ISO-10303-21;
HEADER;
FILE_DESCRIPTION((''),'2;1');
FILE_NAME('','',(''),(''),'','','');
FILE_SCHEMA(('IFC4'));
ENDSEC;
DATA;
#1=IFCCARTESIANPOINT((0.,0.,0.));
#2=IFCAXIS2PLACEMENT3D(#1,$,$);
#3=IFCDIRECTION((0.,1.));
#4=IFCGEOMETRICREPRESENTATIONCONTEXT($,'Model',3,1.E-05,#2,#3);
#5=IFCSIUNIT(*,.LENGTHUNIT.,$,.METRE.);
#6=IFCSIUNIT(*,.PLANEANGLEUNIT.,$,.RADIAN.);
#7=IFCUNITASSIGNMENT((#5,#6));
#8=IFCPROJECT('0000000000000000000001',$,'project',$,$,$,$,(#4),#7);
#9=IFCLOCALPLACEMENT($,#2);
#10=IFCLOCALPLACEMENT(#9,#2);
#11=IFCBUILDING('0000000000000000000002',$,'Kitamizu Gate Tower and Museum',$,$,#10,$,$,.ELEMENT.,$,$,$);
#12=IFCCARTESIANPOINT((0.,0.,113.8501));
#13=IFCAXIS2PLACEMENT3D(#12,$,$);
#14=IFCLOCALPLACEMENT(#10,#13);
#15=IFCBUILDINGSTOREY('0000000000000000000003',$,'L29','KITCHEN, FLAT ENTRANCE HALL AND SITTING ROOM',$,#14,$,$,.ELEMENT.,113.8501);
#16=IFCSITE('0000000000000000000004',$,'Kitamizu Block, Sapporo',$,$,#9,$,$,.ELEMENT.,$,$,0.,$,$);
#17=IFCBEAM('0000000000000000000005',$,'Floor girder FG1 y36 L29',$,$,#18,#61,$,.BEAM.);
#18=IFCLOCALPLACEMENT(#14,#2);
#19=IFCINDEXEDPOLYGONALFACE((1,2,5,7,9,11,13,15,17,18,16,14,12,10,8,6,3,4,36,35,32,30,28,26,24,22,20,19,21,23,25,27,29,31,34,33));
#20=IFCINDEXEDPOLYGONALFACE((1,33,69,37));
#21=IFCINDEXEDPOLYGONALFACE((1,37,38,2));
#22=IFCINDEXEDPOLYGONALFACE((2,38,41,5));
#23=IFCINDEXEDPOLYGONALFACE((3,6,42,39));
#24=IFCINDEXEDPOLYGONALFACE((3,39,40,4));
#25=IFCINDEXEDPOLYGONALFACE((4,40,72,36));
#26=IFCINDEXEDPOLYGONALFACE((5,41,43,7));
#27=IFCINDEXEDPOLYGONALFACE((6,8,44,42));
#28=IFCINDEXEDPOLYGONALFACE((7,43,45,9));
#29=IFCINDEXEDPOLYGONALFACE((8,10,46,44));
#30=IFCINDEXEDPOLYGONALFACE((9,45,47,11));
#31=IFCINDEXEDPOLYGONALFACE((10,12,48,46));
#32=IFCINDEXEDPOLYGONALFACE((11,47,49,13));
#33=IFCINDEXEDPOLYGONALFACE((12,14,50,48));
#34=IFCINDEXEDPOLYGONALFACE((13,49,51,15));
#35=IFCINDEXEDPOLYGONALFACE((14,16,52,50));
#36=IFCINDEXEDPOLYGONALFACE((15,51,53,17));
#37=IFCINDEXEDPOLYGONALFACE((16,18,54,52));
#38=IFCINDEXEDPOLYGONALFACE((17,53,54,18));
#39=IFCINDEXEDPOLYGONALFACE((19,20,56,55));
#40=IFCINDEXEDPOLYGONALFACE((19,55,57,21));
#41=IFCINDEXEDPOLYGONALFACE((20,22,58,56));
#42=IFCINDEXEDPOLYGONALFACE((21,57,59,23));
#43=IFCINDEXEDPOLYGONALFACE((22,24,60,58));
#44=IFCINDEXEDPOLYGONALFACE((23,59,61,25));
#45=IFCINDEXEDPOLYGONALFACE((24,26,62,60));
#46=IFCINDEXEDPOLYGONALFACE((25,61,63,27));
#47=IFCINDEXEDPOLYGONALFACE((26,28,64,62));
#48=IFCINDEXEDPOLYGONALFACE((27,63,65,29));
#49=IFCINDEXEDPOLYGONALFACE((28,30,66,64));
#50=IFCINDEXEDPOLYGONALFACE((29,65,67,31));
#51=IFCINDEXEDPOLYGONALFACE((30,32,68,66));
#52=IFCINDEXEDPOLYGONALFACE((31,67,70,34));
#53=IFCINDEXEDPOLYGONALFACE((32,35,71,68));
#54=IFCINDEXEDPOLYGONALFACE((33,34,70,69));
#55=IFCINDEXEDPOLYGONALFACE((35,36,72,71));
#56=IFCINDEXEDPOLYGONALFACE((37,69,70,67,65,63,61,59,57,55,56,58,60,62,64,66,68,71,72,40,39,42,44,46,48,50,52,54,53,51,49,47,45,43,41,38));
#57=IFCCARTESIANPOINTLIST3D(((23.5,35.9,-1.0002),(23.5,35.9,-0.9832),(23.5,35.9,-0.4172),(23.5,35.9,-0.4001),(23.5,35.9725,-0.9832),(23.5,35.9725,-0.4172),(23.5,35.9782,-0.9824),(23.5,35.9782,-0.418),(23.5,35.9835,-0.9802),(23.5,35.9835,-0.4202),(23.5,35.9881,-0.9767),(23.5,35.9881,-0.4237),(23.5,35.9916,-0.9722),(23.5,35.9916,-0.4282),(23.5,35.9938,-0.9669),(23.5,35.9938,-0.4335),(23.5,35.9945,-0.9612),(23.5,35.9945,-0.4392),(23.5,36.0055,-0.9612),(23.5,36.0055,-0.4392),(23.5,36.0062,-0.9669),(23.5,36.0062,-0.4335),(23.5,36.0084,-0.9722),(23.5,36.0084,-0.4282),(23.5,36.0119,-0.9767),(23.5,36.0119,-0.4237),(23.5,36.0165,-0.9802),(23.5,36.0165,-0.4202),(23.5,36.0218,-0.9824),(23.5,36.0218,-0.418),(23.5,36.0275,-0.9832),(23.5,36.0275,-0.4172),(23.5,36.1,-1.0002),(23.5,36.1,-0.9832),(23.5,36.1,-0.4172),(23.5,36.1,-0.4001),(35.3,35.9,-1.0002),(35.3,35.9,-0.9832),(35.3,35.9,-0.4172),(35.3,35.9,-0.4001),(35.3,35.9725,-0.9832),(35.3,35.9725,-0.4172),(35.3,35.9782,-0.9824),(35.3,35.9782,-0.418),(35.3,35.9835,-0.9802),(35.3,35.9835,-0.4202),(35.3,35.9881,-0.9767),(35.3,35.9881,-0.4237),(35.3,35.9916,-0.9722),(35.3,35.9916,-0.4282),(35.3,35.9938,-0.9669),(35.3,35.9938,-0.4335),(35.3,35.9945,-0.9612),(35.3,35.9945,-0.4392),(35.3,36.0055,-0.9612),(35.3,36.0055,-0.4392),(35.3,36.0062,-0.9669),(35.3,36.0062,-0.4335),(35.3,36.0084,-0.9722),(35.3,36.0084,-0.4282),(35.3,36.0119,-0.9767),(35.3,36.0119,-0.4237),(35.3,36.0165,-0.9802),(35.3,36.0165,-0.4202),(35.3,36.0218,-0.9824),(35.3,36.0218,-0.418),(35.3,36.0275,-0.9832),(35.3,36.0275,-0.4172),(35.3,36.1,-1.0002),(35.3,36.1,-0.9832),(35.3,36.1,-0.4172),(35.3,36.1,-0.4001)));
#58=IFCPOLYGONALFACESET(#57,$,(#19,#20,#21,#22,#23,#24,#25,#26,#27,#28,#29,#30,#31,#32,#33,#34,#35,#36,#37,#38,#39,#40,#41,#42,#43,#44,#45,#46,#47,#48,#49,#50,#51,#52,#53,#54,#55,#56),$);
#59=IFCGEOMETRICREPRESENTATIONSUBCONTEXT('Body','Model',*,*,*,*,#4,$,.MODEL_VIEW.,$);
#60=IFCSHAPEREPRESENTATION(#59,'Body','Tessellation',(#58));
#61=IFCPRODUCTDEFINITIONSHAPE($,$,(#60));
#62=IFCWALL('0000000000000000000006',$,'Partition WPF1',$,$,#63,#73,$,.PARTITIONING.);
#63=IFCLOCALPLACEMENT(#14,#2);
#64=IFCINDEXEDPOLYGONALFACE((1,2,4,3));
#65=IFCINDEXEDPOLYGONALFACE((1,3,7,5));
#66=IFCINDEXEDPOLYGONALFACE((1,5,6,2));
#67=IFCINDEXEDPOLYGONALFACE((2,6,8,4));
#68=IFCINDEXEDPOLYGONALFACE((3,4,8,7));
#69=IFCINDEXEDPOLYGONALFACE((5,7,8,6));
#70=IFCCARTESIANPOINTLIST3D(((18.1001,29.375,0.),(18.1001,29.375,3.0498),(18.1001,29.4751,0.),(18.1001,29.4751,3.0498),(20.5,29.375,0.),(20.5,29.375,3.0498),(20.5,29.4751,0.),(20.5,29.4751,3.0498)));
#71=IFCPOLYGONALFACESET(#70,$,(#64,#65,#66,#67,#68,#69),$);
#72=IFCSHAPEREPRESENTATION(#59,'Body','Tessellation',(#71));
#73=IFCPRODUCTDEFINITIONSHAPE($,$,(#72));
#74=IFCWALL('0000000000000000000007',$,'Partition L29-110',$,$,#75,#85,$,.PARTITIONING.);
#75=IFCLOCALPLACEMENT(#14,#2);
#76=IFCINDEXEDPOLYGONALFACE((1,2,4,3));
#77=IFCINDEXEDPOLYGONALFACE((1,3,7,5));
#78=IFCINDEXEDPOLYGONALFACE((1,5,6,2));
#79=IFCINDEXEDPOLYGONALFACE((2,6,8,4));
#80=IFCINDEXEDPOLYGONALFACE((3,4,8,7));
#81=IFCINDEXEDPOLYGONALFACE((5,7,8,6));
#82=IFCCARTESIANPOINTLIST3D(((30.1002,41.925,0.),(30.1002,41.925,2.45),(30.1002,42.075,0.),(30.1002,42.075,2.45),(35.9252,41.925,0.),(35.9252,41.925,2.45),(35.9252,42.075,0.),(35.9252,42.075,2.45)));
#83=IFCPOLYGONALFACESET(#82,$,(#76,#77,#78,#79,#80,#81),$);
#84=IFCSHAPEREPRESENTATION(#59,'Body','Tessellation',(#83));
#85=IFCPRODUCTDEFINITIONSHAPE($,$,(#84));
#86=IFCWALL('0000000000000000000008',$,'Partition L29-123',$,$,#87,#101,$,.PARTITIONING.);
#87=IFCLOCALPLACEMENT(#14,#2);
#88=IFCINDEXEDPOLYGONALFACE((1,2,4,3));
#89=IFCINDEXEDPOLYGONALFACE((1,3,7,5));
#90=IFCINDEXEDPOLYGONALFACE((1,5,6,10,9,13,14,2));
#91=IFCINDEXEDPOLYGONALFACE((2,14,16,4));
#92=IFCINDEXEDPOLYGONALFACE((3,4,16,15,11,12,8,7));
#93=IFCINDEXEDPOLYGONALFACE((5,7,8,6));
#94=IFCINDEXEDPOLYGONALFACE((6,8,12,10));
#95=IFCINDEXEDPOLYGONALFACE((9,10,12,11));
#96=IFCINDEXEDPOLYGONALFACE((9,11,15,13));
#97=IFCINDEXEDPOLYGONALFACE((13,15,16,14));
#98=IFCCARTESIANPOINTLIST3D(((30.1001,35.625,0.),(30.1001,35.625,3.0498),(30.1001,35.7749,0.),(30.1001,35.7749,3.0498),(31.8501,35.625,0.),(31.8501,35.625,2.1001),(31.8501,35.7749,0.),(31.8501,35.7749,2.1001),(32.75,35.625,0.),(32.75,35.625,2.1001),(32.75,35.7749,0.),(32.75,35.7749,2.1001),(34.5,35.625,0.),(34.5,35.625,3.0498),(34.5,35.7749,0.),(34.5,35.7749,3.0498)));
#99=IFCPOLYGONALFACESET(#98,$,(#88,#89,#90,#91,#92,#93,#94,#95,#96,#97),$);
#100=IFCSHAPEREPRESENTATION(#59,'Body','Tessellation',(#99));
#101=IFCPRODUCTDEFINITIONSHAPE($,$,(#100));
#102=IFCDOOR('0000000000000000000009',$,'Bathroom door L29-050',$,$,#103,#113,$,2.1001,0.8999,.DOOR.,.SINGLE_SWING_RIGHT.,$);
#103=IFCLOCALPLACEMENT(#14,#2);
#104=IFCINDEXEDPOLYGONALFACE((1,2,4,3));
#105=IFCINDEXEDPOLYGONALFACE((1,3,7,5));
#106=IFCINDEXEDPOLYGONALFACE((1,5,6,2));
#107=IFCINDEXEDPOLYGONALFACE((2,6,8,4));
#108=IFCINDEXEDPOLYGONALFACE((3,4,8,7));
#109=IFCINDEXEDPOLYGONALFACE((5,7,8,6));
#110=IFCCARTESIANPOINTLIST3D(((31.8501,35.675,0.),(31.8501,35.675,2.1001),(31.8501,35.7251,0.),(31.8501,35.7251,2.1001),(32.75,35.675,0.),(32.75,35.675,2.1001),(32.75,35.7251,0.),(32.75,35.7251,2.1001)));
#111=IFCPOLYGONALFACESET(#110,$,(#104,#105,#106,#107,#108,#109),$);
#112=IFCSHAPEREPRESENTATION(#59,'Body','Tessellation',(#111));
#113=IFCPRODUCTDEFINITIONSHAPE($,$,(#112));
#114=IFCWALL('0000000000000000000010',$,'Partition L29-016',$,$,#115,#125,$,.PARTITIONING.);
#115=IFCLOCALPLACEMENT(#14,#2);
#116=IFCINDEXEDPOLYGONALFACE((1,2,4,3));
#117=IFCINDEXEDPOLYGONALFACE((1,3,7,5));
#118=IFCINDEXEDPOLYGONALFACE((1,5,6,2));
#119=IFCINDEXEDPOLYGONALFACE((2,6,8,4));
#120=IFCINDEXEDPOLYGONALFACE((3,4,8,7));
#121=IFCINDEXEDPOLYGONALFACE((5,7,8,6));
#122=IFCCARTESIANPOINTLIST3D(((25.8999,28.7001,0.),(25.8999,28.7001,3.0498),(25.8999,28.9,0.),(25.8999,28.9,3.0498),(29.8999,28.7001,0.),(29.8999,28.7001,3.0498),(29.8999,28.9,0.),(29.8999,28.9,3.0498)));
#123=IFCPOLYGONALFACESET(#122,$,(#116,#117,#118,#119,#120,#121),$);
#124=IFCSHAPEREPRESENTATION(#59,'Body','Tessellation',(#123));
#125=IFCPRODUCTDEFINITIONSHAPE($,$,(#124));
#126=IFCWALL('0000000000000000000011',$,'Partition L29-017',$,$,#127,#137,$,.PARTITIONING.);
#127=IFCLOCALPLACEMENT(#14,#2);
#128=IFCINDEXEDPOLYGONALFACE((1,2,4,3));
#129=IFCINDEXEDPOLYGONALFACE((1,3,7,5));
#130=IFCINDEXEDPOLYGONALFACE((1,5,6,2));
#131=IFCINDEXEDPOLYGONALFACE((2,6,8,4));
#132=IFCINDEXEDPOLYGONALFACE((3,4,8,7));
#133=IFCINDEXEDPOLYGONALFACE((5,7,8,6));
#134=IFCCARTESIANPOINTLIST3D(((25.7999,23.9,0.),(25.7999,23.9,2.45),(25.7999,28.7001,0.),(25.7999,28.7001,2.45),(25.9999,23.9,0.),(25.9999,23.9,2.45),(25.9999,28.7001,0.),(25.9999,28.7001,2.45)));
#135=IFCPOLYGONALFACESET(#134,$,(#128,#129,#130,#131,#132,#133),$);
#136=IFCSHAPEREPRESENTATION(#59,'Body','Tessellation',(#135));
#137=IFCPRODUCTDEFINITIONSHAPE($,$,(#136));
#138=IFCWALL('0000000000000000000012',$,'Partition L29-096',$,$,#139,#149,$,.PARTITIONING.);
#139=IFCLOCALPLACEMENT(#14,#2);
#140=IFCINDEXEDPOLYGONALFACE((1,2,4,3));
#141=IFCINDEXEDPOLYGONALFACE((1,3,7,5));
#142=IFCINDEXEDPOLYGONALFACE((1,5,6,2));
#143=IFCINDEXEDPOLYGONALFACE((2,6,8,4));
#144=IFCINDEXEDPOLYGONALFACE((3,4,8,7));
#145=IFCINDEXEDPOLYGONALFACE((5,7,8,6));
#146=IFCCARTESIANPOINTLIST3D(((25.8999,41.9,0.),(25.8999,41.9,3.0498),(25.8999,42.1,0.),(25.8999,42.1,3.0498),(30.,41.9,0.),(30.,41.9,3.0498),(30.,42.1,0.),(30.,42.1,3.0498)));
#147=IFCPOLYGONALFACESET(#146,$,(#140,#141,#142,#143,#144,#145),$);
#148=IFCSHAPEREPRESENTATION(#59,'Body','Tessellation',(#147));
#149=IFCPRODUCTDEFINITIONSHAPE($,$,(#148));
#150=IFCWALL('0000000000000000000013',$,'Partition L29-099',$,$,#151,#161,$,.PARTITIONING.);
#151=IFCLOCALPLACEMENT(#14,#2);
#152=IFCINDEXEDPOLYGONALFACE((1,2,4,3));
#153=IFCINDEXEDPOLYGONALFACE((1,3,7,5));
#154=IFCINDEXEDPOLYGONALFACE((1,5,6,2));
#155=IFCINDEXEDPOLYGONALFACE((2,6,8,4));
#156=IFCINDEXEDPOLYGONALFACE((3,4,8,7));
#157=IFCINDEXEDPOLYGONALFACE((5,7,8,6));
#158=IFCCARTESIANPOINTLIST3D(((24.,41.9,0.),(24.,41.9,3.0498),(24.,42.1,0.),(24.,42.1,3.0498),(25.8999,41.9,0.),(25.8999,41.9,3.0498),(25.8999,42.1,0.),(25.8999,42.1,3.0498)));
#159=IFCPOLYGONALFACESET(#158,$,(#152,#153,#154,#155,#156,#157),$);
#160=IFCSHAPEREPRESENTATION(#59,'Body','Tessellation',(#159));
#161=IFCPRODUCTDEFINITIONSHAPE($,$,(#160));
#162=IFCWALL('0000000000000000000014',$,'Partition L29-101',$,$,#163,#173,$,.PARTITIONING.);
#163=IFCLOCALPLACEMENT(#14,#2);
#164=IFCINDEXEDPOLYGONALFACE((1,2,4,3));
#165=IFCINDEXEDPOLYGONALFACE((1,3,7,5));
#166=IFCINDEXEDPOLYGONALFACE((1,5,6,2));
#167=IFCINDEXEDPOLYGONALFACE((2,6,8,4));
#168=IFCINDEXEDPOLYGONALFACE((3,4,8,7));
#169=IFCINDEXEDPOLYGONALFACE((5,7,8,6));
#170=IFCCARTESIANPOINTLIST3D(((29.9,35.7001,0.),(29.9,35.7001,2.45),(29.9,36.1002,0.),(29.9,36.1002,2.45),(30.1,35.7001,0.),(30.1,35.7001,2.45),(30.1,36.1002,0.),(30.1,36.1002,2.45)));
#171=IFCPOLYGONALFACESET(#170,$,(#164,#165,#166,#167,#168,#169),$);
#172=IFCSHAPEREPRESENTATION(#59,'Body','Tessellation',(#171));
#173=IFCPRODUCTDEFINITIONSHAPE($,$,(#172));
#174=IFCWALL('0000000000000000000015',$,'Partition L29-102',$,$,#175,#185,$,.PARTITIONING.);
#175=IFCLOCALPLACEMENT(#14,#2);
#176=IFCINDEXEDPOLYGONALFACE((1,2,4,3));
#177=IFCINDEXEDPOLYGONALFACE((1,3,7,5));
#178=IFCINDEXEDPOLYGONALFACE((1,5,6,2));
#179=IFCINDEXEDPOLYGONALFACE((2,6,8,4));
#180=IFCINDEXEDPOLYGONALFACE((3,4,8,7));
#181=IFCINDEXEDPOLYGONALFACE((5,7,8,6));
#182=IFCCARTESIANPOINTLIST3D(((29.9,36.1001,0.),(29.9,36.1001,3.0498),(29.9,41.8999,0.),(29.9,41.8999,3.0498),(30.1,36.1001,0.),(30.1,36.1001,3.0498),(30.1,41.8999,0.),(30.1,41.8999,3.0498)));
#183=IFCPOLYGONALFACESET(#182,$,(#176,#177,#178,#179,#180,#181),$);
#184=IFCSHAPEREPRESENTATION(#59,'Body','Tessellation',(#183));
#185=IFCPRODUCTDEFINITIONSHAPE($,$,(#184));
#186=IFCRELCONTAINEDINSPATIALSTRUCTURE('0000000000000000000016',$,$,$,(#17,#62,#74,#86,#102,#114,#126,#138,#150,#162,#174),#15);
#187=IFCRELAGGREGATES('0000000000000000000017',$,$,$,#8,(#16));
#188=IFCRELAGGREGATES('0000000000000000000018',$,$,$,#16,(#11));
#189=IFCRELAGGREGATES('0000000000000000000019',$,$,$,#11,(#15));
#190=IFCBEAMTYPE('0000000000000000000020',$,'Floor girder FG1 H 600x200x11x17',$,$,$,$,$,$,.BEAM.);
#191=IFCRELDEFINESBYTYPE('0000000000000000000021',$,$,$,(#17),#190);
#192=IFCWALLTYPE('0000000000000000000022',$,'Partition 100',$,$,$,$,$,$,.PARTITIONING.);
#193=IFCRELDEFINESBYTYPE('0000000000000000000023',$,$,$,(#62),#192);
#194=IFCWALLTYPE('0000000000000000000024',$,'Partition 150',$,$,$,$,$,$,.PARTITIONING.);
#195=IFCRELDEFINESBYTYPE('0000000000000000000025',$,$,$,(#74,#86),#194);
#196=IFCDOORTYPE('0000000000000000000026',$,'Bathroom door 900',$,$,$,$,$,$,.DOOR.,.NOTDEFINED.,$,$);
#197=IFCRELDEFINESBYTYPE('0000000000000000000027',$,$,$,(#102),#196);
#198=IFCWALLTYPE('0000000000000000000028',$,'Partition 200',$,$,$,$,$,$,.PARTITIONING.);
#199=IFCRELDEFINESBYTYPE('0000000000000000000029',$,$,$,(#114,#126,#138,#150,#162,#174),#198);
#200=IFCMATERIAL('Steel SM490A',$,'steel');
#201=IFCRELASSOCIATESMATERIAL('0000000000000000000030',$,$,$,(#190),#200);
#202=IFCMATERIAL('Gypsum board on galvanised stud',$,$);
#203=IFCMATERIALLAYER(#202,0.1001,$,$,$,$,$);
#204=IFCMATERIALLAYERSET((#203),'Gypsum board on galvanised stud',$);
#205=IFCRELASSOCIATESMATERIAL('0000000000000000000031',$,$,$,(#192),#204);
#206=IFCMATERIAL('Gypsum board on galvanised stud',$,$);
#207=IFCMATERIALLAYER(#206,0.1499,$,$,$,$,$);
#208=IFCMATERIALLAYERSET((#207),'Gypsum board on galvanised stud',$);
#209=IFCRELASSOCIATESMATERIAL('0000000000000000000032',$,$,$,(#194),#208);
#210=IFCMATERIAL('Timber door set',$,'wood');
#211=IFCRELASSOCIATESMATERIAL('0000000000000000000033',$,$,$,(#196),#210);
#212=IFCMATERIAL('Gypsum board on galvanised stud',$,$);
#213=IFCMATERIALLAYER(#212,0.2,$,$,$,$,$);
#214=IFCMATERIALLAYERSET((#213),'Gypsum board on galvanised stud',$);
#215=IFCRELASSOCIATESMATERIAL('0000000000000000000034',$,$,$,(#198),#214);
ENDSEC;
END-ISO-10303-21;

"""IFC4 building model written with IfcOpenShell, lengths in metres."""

from ifc_helpers import new_model, si_unit, direction, frame, frame_2d, origin, origin_2d, place, context, subcontext, project, spatial, rectangle, i_section, extrude, material, layer, layer_set, material_profile, profile_set, type_object, element, fill, save


model = new_model("IFC4")

# Units and contexts
model_context = context("Model", 3, precision=1e-05, world=origin(), true_north=direction((0.0, 1.0)))
body_context = subcontext(model_context, "Body", "Model", "MODEL_VIEW")
ifc_project = project(units=[si_unit("LENGTHUNIT", "METRE"), si_unit("PLANEANGLEUNIT", "RADIAN")], contexts=[model_context])

# Site, building, storey
site_placement = place(None, origin())
site = spatial("IfcSite", under=ifc_project, at=site_placement, Name="Kitamizu Block, Sapporo", CompositionType="ELEMENT", RefElevation=0.0)
building_placement = place(site_placement, origin())
building = spatial("IfcBuilding", under=site, at=building_placement, Name="Kitamizu Gate Tower and Museum", CompositionType="ELEMENT")
storey_placement = place(building_placement, frame((0.0, 0.0, 113.8501)))
storey = spatial("IfcBuildingStorey", under=building, at=storey_placement, Name="L29", Description="KITCHEN, FLAT ENTRANCE HALL AND SITTING ROOM", CompositionType="ELEMENT", Elevation=113.8501)

# Beam
ifc_material_1 = material(Name="Steel SM490A", Category="steel")
ifc_material_profile = material_profile(ifc_material_1, i_section(OverallWidth=0.2, OverallDepth=0.6001, WebThickness=0.011, FlangeThickness=0.0171, FilletRadius=0.022, at=origin_2d()), Name="H-600x200x11x17")
ifc_profile_set = profile_set([ifc_material_profile], Name="Steel SM490A")
beam_type = type_object("IfcBeamType", Name="Floor girder FG1 H 600x200x11x17", PredefinedType="BEAM", material=ifc_profile_set)
beam_placement = place(storey_placement, frame((23.5, 36.0, -0.7002), z_axis=(1.0, 0.0, 0.0), x_axis=(0.0, 1.0, 0.0)))
element("IfcBeam", 1, at=beam_placement, inside=storey, type_object=beam_type, Name="Floor girder FG1 y36 L29", PredefinedType="BEAM", context=body_context, shape_type="SweptSolid", body=[
    extrude(i_section(OverallWidth=0.2, OverallDepth=0.6001, WebThickness=0.011, FlangeThickness=0.0171, FilletRadius=0.022, at=origin_2d()), origin(), (0.0, 0.0, 1.0), 11.8),
])

# Walls
ifc_material_2 = material(Name="Gypsum board on galvanised stud")
ifc_layer_1 = layer(ifc_material_2, 0.1001)
ifc_layer_set_1 = layer_set([ifc_layer_1], Name="Gypsum board on galvanised stud")
wall_type_1 = type_object("IfcWallType", Name="Partition 100", PredefinedType="PARTITIONING", material=ifc_layer_set_1)
wall_1_placement = place(storey_placement, frame((18.1001, 29.425, 0.0), z_axis=(0.0, 0.0, 1.0), x_axis=(1.0, 0.0, 0.0)))
element("IfcWall", 2, at=wall_1_placement, inside=storey, type_object=wall_type_1, Name="Partition WPF1", PredefinedType="PARTITIONING", context=body_context, shape_type="SweptSolid", body=[
    extrude(rectangle(XDim=2.3999, YDim=0.1001, at=frame_2d((1.2, 0.0))), origin(), (0.0, 0.0, 1.0), 3.0498),
])
ifc_material_3 = material(Name="Gypsum board on galvanised stud")
ifc_layer_2 = layer(ifc_material_3, 0.1499)
ifc_layer_set_2 = layer_set([ifc_layer_2], Name="Gypsum board on galvanised stud")
wall_type_2 = type_object("IfcWallType", Name="Partition 150", PredefinedType="PARTITIONING", material=ifc_layer_set_2)
wall_2_placement = place(storey_placement, frame((30.1001, 42.0, 0.0), z_axis=(0.0, 0.0, 1.0), x_axis=(1.0, 0.0, 0.0)))
element("IfcWall", 3, at=wall_2_placement, inside=storey, type_object=wall_type_2, Name="Partition L29-110", PredefinedType="PARTITIONING", context=body_context, shape_type="SweptSolid", body=[
    extrude(rectangle(XDim=5.825, YDim=0.1499, at=frame_2d((2.9126, 0.0))), origin(), (0.0, 0.0, 1.0), 2.45),
])

# Wall, opening, door
wall_3_placement = place(storey_placement, frame((30.1001, 35.7, 0.0), z_axis=(0.0, 0.0, 1.0), x_axis=(1.0, 0.0, 0.0)))
wall_3 = element("IfcWall", 4, at=wall_3_placement, inside=storey, type_object=wall_type_2, Name="Partition L29-123", PredefinedType="PARTITIONING", context=body_context, shape_type="SweptSolid", body=[
    extrude(rectangle(XDim=4.3999, YDim=0.1499, at=frame_2d((2.2, 0.0))), origin(), (0.0, 0.0, 1.0), 3.0498),
])
opening_1_placement = place(wall_3_placement, frame((1.75, 0.0, 0.0)))
opening_1 = element("IfcOpeningElement", 5, at=opening_1_placement, cuts=wall_3, PredefinedType="OPENING", context=body_context, shape_type="SweptSolid", body=[
    extrude(rectangle(XDim=0.8999, YDim=2.1001, at=frame_2d((0.45, 1.05))), frame((0.0, 0.085, 0.0), z_axis=(0.0, -1.0, 0.0), x_axis=(1.0, 0.0, 0.0)), (0.0, 0.0, 1.0), 0.1699),
])
ifc_material_4 = material(Name="Timber door set", Category="wood")
door_type_1 = type_object("IfcDoorType", Name="Bathroom door 900", OperationType="NOTDEFINED", PredefinedType="DOOR", material=ifc_material_4)
door_1_placement = place(opening_1_placement, frame((0.8999, 0.0, 0.0), x_axis=(-1.0, 0.0, 0.0)))
door_1 = element("IfcDoor", 6, at=door_1_placement, inside=storey, type_object=door_type_1, Name="Bathroom door L29-050", OperationType="SINGLE_SWING_RIGHT", OverallHeight=2.1001, OverallWidth=0.8999, PredefinedType="DOOR", context=body_context, shape_type="SweptSolid", body=[
    extrude(rectangle(XDim=0.8999, YDim=2.1001, at=frame_2d((0.45, 1.05))), frame((0.0, 0.0249, 0.0), z_axis=(0.0, -1.0, 0.0), x_axis=(1.0, 0.0, 0.0)), (0.0, 0.0, 1.0), 0.05),
])
fill(opening_1, door_1)

# Walls
ifc_material_5 = material(Name="Gypsum board on galvanised stud")
ifc_layer_3 = layer(ifc_material_5, 0.2)
ifc_layer_set_3 = layer_set([ifc_layer_3], Name="Gypsum board on galvanised stud")
wall_type_3 = type_object("IfcWallType", Name="Partition 200", PredefinedType="PARTITIONING", material=ifc_layer_set_3)
wall_4_placement = place(storey_placement, frame((29.8999, 28.8, 0.0), z_axis=(0.0, 0.0, 1.0), x_axis=(-1.0, 0.0, 0.0)))
element("IfcWall", 7, at=wall_4_placement, inside=storey, type_object=wall_type_3, Name="Partition L29-016", PredefinedType="PARTITIONING", context=body_context, shape_type="SweptSolid", body=[
    extrude(rectangle(XDim=4.0, YDim=0.2, at=frame_2d((2.0, 0.0))), origin(), (0.0, 0.0, 1.0), 3.0498),
])
wall_5_placement = place(storey_placement, frame((25.8999, 28.7, 0.0), z_axis=(0.0, 0.0, 1.0), x_axis=(0.0, -1.0, 0.0)))
element("IfcWall", 8, at=wall_5_placement, inside=storey, type_object=wall_type_3, Name="Partition L29-017", PredefinedType="PARTITIONING", context=body_context, shape_type="SweptSolid", body=[
    extrude(rectangle(XDim=4.8, YDim=0.2, at=frame_2d((2.3999, 0.0))), origin(), (0.0, 0.0, 1.0), 2.45),
])
wall_6_placement = place(storey_placement, frame((25.8999, 42.0, 0.0), z_axis=(0.0, 0.0, 1.0), x_axis=(1.0, 0.0, 0.0)))
element("IfcWall", 9, at=wall_6_placement, inside=storey, type_object=wall_type_3, Name="Partition L29-096", PredefinedType="PARTITIONING", context=body_context, shape_type="SweptSolid", body=[
    extrude(rectangle(XDim=4.1001, YDim=0.2, at=frame_2d((2.05, 0.0))), origin(), (0.0, 0.0, 1.0), 3.0498),
])
wall_7_placement = place(storey_placement, frame((24.0, 42.0, 0.0), z_axis=(0.0, 0.0, 1.0), x_axis=(1.0, 0.0, 0.0)))
element("IfcWall", 10, at=wall_7_placement, inside=storey, type_object=wall_type_3, Name="Partition L29-099", PredefinedType="PARTITIONING", context=body_context, shape_type="SweptSolid", body=[
    extrude(rectangle(XDim=1.8999, YDim=0.2, at=frame_2d((0.95, 0.0))), origin(), (0.0, 0.0, 1.0), 3.0498),
])
wall_8_placement = place(storey_placement, frame((30.0, 35.7, 0.0), z_axis=(0.0, 0.0, 1.0), x_axis=(0.0, 1.0, 0.0)))
element("IfcWall", 11, at=wall_8_placement, inside=storey, type_object=wall_type_3, Name="Partition L29-101", PredefinedType="PARTITIONING", context=body_context, shape_type="SweptSolid", body=[
    extrude(rectangle(XDim=0.4001, YDim=0.2, at=frame_2d((0.2002, 0.0))), origin(), (0.0, 0.0, 1.0), 2.45),
])
wall_9_placement = place(storey_placement, frame((30.0, 36.1001, 0.0), z_axis=(0.0, 0.0, 1.0), x_axis=(0.0, 1.0, 0.0)))
element("IfcWall", 12, at=wall_9_placement, inside=storey, type_object=wall_type_3, Name="Partition L29-102", PredefinedType="PARTITIONING", context=body_context, shape_type="SweptSolid", body=[
    extrude(rectangle(XDim=5.7998, YDim=0.2, at=frame_2d((2.8999, 0.0))), origin(), (0.0, 0.0, 1.0), 3.0498),
])

save(model, "model.ifc")
